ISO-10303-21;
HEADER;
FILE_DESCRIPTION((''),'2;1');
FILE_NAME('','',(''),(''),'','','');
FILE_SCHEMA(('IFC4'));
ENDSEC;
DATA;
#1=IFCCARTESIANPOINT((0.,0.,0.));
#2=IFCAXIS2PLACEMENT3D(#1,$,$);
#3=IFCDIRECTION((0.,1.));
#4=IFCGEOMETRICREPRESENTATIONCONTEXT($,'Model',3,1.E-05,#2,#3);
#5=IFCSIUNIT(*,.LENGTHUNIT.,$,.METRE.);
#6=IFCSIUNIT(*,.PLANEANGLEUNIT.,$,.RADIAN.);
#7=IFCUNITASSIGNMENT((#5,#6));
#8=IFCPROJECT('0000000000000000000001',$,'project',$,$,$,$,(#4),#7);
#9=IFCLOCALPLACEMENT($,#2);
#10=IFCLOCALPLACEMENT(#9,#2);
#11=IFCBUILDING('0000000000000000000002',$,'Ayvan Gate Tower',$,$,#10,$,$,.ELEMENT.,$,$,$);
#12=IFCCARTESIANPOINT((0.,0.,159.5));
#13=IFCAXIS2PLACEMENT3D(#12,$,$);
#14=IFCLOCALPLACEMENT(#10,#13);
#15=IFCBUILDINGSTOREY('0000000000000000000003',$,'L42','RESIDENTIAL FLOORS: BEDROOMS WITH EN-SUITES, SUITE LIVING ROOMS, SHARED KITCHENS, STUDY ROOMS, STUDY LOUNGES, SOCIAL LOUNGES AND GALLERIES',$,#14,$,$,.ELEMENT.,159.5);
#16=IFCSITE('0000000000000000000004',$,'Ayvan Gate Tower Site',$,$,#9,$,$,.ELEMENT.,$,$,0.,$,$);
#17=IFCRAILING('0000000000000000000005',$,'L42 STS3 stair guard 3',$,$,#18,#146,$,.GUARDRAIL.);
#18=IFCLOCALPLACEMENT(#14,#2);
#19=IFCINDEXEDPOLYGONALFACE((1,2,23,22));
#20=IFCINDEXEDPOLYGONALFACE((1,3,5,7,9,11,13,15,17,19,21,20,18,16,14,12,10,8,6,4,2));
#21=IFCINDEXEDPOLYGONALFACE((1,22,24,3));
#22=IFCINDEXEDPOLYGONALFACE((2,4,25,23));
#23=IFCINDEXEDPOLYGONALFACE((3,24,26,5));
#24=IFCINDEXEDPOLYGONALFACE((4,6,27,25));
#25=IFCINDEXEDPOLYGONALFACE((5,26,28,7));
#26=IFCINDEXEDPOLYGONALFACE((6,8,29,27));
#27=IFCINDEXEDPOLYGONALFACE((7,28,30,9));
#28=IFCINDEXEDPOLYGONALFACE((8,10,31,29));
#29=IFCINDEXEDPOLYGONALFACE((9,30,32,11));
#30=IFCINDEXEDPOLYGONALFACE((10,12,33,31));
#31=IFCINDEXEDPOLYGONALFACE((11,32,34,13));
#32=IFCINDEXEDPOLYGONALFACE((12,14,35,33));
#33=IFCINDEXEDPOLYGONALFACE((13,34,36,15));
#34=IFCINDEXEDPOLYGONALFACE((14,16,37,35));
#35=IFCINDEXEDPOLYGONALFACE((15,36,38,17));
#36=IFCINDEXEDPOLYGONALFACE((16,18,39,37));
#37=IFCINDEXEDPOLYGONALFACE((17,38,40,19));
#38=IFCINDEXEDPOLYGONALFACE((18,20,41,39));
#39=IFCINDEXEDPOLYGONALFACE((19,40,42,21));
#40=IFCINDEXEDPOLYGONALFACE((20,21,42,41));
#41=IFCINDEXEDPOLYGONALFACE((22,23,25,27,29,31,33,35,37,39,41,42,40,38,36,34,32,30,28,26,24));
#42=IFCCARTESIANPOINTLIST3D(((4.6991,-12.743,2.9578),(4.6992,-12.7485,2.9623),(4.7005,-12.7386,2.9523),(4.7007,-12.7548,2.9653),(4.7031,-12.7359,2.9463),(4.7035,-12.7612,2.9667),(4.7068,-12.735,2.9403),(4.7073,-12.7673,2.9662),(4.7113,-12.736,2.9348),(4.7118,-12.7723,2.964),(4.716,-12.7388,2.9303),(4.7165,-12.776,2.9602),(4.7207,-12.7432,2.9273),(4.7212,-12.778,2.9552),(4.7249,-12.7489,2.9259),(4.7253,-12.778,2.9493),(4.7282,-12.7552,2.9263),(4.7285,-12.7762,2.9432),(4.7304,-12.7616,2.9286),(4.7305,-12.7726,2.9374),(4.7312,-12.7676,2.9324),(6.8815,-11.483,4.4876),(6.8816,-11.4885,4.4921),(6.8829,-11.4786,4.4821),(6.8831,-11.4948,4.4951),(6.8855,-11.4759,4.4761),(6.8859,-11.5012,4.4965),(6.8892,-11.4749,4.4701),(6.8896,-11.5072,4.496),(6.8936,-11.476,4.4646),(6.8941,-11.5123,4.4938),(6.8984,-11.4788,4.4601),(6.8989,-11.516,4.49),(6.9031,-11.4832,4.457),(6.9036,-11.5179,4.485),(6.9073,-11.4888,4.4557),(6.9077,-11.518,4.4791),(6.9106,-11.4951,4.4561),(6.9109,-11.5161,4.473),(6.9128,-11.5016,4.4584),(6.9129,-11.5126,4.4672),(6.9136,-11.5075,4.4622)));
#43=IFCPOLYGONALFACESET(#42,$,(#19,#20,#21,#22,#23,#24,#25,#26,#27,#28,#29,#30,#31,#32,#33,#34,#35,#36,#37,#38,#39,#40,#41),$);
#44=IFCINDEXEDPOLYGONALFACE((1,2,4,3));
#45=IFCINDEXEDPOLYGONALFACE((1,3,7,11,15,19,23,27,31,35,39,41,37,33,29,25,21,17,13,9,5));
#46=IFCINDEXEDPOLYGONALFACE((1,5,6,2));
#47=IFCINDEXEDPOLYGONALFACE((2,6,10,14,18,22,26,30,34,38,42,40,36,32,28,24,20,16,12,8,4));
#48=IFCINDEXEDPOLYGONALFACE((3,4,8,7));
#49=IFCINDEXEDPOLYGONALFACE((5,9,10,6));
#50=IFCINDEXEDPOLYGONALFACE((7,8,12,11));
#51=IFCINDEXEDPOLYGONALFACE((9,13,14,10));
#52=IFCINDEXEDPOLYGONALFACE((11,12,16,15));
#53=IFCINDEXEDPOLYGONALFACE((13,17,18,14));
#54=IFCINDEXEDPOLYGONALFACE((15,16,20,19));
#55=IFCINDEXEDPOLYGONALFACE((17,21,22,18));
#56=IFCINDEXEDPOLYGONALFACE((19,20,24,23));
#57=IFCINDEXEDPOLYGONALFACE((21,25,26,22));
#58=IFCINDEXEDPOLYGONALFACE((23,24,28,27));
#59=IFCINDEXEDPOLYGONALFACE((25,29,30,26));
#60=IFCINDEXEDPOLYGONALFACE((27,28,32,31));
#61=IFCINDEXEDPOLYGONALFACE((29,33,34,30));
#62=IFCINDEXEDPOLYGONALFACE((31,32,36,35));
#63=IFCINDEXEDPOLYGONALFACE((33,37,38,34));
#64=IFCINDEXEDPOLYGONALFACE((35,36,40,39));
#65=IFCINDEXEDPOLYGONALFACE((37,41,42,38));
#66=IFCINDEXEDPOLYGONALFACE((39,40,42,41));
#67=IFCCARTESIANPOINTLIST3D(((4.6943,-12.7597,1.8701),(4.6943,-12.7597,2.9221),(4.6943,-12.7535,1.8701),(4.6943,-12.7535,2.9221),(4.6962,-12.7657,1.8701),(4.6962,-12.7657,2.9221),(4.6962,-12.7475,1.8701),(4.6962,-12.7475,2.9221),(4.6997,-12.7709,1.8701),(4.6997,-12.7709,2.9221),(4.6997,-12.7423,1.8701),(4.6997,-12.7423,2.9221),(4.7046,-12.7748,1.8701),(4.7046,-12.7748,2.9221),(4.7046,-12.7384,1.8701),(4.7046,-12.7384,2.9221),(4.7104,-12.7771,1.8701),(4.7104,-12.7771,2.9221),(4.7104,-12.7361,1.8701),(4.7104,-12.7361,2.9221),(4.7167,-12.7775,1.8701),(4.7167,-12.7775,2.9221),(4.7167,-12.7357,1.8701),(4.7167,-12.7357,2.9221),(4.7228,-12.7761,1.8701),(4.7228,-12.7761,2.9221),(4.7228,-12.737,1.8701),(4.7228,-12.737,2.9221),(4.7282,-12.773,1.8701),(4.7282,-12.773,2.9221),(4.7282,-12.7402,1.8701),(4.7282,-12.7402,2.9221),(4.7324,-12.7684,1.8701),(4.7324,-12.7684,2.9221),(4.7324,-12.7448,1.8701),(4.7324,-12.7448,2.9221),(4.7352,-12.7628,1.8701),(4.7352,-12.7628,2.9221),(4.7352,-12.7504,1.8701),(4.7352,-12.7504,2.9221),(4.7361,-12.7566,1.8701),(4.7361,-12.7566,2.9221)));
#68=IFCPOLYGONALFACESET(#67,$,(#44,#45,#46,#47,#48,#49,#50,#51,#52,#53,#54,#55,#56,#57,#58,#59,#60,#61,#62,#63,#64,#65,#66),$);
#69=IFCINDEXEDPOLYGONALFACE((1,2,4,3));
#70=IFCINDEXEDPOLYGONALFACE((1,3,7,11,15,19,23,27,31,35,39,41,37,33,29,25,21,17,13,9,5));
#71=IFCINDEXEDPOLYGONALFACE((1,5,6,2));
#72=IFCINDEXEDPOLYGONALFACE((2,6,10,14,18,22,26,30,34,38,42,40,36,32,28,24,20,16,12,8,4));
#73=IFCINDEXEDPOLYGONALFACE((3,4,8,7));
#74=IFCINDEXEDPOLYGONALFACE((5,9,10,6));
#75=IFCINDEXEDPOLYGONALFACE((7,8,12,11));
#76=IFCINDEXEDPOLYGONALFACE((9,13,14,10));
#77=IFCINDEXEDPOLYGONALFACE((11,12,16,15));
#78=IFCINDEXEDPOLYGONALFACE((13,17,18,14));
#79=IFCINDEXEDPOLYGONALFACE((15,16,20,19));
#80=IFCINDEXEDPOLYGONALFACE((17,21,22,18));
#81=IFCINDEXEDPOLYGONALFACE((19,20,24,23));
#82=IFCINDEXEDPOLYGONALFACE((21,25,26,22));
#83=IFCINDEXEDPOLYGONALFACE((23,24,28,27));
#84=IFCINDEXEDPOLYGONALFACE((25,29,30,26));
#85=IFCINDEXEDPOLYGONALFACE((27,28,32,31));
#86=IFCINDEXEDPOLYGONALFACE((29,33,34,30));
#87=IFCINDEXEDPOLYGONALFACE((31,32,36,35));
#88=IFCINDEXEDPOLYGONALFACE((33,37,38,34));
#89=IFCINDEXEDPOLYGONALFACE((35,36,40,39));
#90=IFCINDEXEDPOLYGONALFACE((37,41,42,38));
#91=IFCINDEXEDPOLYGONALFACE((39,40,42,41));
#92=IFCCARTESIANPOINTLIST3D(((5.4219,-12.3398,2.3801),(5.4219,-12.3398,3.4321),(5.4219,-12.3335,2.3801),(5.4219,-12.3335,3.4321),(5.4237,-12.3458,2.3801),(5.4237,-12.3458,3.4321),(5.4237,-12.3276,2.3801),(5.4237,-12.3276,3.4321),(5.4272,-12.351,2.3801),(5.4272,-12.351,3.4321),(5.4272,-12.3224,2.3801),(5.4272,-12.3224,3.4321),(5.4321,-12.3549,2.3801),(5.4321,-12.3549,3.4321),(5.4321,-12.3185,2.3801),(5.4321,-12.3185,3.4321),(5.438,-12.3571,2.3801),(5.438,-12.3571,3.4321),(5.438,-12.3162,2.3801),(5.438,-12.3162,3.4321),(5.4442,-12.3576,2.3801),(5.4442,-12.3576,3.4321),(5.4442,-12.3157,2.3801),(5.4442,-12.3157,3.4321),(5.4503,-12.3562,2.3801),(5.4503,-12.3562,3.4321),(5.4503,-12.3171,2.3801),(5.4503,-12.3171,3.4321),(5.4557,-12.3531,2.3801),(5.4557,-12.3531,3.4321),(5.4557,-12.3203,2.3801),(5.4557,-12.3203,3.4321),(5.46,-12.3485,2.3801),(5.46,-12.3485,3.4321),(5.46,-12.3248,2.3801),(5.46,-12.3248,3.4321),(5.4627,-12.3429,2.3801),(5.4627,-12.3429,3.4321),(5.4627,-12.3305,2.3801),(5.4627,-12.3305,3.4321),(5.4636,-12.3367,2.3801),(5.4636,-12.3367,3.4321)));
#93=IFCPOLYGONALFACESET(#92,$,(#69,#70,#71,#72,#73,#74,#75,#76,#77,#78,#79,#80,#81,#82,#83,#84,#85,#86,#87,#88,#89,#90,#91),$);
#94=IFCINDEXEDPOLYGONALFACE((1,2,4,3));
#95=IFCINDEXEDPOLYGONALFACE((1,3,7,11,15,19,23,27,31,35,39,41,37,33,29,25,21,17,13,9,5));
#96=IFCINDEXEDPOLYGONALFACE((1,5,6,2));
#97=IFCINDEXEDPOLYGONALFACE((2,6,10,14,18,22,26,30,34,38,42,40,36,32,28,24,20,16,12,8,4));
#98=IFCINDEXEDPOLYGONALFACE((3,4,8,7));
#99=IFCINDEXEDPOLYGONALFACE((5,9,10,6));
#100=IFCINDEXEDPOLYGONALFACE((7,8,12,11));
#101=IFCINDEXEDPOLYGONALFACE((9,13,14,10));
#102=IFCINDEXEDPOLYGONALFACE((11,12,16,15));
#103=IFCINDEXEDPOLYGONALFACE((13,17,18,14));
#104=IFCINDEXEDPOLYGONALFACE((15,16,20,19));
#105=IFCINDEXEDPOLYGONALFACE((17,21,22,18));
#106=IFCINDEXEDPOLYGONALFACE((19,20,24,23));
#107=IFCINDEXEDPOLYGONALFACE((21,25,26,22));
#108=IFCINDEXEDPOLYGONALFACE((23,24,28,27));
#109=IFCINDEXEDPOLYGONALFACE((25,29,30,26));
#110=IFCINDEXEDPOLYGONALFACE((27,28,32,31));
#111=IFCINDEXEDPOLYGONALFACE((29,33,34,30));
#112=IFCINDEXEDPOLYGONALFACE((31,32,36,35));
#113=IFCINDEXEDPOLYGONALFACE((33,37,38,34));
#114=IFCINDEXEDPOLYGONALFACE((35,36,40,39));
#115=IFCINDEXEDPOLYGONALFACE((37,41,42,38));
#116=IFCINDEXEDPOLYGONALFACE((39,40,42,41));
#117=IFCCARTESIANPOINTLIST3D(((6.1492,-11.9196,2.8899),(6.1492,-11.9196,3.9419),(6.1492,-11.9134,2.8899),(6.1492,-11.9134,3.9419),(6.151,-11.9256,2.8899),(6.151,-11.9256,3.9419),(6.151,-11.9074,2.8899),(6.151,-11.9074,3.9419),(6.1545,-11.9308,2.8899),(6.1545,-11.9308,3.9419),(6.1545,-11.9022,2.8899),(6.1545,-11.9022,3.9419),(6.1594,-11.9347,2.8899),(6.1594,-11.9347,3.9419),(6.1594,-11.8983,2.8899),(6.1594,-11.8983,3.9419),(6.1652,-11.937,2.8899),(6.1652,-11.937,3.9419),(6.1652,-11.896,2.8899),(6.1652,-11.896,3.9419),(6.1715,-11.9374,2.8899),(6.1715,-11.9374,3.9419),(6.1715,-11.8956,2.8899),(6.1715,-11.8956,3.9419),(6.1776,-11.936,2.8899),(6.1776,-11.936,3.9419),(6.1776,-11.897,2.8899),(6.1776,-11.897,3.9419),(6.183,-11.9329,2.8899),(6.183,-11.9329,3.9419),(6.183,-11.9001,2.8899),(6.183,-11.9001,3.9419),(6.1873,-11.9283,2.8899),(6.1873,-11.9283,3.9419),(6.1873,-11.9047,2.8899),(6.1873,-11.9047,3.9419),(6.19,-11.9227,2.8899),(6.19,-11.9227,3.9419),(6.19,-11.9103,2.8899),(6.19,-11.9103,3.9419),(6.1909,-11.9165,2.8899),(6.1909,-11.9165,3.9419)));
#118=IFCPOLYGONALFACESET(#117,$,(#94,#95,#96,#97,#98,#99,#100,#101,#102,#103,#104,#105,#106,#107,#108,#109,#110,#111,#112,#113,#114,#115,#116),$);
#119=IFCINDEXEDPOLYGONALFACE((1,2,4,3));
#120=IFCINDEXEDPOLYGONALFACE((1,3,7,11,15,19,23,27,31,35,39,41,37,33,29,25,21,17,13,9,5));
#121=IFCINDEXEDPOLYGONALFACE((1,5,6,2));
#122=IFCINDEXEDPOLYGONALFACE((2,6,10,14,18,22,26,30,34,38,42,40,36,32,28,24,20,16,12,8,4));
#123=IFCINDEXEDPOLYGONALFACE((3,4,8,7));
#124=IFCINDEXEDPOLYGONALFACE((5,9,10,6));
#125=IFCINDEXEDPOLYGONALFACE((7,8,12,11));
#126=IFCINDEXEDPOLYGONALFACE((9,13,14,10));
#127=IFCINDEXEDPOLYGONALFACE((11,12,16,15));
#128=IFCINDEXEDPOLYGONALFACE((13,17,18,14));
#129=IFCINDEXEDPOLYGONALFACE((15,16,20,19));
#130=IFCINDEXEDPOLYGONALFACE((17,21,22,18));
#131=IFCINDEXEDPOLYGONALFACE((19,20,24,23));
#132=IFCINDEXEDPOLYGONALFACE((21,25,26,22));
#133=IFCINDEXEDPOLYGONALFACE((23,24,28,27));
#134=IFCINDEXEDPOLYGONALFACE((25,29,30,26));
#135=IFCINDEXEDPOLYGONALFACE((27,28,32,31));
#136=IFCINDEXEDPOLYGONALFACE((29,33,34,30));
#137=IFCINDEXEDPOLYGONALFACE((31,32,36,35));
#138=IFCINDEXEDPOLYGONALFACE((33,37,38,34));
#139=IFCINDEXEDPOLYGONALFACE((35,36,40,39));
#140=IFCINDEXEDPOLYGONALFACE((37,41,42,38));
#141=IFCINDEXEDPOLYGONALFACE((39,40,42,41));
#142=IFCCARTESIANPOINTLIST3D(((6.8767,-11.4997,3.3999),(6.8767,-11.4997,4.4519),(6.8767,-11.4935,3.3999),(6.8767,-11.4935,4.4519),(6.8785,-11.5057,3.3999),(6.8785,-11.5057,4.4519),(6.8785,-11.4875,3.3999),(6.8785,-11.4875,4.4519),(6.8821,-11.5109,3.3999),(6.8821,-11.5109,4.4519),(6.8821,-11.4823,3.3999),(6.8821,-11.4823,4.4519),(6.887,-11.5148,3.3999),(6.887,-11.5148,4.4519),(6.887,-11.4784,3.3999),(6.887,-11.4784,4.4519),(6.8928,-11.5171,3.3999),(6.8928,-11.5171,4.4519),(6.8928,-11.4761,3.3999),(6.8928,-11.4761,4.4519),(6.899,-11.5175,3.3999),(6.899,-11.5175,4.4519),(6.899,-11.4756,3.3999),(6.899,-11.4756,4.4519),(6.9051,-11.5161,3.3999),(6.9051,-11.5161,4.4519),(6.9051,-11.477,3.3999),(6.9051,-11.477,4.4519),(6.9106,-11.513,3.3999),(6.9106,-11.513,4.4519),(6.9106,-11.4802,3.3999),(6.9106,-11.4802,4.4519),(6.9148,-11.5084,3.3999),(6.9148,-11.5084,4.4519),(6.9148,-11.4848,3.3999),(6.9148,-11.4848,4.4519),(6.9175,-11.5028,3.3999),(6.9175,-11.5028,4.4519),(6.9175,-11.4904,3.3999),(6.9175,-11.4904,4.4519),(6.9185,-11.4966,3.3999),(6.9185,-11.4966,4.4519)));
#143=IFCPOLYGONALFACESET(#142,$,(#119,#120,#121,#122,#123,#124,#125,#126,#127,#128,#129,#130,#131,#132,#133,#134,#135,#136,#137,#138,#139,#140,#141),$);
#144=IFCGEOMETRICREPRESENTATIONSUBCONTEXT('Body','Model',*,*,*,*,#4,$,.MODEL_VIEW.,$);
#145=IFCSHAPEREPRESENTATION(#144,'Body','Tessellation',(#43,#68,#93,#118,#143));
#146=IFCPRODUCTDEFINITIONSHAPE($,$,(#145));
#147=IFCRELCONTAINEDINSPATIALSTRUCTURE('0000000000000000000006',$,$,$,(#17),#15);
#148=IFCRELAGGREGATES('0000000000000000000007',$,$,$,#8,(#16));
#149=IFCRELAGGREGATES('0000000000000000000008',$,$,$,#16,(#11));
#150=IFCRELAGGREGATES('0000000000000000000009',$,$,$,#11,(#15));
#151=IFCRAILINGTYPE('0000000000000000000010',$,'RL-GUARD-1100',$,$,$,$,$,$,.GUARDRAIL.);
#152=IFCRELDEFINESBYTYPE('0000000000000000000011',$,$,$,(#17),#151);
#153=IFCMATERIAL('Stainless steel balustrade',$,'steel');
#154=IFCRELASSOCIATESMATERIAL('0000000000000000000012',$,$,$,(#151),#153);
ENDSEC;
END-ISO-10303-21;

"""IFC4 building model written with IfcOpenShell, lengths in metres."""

from ifc_helpers import new_model, si_unit, direction, frame, origin, origin_2d, place, context, subcontext, project, spatial, circle, extrude, material, type_object, element, save


model = new_model("IFC4")

# Units and contexts
model_context = context("Model", 3, precision=1e-05, world=origin(), true_north=direction((0.0, 1.0)))
body_context = subcontext(model_context, "Body", "Model", "MODEL_VIEW")
ifc_project = project(units=[si_unit("LENGTHUNIT", "METRE"), si_unit("PLANEANGLEUNIT", "RADIAN")], contexts=[model_context])

# Site, building, storey
site_placement = place(None, origin())
site = spatial("IfcSite", under=ifc_project, at=site_placement, Name="Ayvan Gate Tower Site", CompositionType="ELEMENT", RefElevation=0.0)
building_placement = place(site_placement, origin())
building = spatial("IfcBuilding", under=site, at=building_placement, Name="Ayvan Gate Tower", CompositionType="ELEMENT")
storey_placement = place(building_placement, frame((0.0, 0.0, 159.5)))
storey = spatial("IfcBuildingStorey", under=building, at=storey_placement, Name="L42", Description="RESIDENTIAL FLOORS: BEDROOMS WITH EN-SUITES, SUITE LIVING ROOMS, SHARED KITCHENS, STUDY ROOMS, STUDY LOUNGES, SOCIAL LOUNGES AND GALLERIES", CompositionType="ELEMENT", Elevation=159.5)

# Railing
ifc_material_1 = material(Name="Stainless steel balustrade", Category="steel")
railing_type_1 = type_object("IfcRailingType", Name="RL-GUARD-1100", PredefinedType="GUARDRAIL", material=ifc_material_1)
railing_1_placement = place(storey_placement, frame((4.7151, -12.7566, 1.8701)))
element("IfcRailing", 1, at=railing_1_placement, inside=storey, type_object=railing_type_1, Name="L42 STS3 stair guard 3", PredefinedType="GUARDRAIL", context=body_context, shape_type="SweptSolid", body=[
    extrude(circle(Radius=0.0239, at=origin_2d()), frame((0.0, 0.0, 1.0762), z_axis=(0.740293, 0.427414, 0.518926), x_axis=(-0.500005, 0.866023, 0.0)), (0.0, 0.0, 1.0), 2.948),
    extrude(circle(Radius=0.021, at=origin_2d()), origin(), (0.0, 0.0, 1.0), 1.052),
    extrude(circle(Radius=0.021, at=origin_2d()), frame((0.7275, 0.4199, 0.51)), (0.0, 0.0, 1.0), 1.052),
    extrude(circle(Radius=0.021, at=origin_2d()), frame((1.4548, 0.8401, 1.0198)), (0.0, 0.0, 1.0), 1.052),
    extrude(circle(Radius=0.021, at=origin_2d()), frame((2.1824, 1.26, 1.5298)), (0.0, 0.0, 1.0), 1.052),
])

save(model, "model.ifc")
